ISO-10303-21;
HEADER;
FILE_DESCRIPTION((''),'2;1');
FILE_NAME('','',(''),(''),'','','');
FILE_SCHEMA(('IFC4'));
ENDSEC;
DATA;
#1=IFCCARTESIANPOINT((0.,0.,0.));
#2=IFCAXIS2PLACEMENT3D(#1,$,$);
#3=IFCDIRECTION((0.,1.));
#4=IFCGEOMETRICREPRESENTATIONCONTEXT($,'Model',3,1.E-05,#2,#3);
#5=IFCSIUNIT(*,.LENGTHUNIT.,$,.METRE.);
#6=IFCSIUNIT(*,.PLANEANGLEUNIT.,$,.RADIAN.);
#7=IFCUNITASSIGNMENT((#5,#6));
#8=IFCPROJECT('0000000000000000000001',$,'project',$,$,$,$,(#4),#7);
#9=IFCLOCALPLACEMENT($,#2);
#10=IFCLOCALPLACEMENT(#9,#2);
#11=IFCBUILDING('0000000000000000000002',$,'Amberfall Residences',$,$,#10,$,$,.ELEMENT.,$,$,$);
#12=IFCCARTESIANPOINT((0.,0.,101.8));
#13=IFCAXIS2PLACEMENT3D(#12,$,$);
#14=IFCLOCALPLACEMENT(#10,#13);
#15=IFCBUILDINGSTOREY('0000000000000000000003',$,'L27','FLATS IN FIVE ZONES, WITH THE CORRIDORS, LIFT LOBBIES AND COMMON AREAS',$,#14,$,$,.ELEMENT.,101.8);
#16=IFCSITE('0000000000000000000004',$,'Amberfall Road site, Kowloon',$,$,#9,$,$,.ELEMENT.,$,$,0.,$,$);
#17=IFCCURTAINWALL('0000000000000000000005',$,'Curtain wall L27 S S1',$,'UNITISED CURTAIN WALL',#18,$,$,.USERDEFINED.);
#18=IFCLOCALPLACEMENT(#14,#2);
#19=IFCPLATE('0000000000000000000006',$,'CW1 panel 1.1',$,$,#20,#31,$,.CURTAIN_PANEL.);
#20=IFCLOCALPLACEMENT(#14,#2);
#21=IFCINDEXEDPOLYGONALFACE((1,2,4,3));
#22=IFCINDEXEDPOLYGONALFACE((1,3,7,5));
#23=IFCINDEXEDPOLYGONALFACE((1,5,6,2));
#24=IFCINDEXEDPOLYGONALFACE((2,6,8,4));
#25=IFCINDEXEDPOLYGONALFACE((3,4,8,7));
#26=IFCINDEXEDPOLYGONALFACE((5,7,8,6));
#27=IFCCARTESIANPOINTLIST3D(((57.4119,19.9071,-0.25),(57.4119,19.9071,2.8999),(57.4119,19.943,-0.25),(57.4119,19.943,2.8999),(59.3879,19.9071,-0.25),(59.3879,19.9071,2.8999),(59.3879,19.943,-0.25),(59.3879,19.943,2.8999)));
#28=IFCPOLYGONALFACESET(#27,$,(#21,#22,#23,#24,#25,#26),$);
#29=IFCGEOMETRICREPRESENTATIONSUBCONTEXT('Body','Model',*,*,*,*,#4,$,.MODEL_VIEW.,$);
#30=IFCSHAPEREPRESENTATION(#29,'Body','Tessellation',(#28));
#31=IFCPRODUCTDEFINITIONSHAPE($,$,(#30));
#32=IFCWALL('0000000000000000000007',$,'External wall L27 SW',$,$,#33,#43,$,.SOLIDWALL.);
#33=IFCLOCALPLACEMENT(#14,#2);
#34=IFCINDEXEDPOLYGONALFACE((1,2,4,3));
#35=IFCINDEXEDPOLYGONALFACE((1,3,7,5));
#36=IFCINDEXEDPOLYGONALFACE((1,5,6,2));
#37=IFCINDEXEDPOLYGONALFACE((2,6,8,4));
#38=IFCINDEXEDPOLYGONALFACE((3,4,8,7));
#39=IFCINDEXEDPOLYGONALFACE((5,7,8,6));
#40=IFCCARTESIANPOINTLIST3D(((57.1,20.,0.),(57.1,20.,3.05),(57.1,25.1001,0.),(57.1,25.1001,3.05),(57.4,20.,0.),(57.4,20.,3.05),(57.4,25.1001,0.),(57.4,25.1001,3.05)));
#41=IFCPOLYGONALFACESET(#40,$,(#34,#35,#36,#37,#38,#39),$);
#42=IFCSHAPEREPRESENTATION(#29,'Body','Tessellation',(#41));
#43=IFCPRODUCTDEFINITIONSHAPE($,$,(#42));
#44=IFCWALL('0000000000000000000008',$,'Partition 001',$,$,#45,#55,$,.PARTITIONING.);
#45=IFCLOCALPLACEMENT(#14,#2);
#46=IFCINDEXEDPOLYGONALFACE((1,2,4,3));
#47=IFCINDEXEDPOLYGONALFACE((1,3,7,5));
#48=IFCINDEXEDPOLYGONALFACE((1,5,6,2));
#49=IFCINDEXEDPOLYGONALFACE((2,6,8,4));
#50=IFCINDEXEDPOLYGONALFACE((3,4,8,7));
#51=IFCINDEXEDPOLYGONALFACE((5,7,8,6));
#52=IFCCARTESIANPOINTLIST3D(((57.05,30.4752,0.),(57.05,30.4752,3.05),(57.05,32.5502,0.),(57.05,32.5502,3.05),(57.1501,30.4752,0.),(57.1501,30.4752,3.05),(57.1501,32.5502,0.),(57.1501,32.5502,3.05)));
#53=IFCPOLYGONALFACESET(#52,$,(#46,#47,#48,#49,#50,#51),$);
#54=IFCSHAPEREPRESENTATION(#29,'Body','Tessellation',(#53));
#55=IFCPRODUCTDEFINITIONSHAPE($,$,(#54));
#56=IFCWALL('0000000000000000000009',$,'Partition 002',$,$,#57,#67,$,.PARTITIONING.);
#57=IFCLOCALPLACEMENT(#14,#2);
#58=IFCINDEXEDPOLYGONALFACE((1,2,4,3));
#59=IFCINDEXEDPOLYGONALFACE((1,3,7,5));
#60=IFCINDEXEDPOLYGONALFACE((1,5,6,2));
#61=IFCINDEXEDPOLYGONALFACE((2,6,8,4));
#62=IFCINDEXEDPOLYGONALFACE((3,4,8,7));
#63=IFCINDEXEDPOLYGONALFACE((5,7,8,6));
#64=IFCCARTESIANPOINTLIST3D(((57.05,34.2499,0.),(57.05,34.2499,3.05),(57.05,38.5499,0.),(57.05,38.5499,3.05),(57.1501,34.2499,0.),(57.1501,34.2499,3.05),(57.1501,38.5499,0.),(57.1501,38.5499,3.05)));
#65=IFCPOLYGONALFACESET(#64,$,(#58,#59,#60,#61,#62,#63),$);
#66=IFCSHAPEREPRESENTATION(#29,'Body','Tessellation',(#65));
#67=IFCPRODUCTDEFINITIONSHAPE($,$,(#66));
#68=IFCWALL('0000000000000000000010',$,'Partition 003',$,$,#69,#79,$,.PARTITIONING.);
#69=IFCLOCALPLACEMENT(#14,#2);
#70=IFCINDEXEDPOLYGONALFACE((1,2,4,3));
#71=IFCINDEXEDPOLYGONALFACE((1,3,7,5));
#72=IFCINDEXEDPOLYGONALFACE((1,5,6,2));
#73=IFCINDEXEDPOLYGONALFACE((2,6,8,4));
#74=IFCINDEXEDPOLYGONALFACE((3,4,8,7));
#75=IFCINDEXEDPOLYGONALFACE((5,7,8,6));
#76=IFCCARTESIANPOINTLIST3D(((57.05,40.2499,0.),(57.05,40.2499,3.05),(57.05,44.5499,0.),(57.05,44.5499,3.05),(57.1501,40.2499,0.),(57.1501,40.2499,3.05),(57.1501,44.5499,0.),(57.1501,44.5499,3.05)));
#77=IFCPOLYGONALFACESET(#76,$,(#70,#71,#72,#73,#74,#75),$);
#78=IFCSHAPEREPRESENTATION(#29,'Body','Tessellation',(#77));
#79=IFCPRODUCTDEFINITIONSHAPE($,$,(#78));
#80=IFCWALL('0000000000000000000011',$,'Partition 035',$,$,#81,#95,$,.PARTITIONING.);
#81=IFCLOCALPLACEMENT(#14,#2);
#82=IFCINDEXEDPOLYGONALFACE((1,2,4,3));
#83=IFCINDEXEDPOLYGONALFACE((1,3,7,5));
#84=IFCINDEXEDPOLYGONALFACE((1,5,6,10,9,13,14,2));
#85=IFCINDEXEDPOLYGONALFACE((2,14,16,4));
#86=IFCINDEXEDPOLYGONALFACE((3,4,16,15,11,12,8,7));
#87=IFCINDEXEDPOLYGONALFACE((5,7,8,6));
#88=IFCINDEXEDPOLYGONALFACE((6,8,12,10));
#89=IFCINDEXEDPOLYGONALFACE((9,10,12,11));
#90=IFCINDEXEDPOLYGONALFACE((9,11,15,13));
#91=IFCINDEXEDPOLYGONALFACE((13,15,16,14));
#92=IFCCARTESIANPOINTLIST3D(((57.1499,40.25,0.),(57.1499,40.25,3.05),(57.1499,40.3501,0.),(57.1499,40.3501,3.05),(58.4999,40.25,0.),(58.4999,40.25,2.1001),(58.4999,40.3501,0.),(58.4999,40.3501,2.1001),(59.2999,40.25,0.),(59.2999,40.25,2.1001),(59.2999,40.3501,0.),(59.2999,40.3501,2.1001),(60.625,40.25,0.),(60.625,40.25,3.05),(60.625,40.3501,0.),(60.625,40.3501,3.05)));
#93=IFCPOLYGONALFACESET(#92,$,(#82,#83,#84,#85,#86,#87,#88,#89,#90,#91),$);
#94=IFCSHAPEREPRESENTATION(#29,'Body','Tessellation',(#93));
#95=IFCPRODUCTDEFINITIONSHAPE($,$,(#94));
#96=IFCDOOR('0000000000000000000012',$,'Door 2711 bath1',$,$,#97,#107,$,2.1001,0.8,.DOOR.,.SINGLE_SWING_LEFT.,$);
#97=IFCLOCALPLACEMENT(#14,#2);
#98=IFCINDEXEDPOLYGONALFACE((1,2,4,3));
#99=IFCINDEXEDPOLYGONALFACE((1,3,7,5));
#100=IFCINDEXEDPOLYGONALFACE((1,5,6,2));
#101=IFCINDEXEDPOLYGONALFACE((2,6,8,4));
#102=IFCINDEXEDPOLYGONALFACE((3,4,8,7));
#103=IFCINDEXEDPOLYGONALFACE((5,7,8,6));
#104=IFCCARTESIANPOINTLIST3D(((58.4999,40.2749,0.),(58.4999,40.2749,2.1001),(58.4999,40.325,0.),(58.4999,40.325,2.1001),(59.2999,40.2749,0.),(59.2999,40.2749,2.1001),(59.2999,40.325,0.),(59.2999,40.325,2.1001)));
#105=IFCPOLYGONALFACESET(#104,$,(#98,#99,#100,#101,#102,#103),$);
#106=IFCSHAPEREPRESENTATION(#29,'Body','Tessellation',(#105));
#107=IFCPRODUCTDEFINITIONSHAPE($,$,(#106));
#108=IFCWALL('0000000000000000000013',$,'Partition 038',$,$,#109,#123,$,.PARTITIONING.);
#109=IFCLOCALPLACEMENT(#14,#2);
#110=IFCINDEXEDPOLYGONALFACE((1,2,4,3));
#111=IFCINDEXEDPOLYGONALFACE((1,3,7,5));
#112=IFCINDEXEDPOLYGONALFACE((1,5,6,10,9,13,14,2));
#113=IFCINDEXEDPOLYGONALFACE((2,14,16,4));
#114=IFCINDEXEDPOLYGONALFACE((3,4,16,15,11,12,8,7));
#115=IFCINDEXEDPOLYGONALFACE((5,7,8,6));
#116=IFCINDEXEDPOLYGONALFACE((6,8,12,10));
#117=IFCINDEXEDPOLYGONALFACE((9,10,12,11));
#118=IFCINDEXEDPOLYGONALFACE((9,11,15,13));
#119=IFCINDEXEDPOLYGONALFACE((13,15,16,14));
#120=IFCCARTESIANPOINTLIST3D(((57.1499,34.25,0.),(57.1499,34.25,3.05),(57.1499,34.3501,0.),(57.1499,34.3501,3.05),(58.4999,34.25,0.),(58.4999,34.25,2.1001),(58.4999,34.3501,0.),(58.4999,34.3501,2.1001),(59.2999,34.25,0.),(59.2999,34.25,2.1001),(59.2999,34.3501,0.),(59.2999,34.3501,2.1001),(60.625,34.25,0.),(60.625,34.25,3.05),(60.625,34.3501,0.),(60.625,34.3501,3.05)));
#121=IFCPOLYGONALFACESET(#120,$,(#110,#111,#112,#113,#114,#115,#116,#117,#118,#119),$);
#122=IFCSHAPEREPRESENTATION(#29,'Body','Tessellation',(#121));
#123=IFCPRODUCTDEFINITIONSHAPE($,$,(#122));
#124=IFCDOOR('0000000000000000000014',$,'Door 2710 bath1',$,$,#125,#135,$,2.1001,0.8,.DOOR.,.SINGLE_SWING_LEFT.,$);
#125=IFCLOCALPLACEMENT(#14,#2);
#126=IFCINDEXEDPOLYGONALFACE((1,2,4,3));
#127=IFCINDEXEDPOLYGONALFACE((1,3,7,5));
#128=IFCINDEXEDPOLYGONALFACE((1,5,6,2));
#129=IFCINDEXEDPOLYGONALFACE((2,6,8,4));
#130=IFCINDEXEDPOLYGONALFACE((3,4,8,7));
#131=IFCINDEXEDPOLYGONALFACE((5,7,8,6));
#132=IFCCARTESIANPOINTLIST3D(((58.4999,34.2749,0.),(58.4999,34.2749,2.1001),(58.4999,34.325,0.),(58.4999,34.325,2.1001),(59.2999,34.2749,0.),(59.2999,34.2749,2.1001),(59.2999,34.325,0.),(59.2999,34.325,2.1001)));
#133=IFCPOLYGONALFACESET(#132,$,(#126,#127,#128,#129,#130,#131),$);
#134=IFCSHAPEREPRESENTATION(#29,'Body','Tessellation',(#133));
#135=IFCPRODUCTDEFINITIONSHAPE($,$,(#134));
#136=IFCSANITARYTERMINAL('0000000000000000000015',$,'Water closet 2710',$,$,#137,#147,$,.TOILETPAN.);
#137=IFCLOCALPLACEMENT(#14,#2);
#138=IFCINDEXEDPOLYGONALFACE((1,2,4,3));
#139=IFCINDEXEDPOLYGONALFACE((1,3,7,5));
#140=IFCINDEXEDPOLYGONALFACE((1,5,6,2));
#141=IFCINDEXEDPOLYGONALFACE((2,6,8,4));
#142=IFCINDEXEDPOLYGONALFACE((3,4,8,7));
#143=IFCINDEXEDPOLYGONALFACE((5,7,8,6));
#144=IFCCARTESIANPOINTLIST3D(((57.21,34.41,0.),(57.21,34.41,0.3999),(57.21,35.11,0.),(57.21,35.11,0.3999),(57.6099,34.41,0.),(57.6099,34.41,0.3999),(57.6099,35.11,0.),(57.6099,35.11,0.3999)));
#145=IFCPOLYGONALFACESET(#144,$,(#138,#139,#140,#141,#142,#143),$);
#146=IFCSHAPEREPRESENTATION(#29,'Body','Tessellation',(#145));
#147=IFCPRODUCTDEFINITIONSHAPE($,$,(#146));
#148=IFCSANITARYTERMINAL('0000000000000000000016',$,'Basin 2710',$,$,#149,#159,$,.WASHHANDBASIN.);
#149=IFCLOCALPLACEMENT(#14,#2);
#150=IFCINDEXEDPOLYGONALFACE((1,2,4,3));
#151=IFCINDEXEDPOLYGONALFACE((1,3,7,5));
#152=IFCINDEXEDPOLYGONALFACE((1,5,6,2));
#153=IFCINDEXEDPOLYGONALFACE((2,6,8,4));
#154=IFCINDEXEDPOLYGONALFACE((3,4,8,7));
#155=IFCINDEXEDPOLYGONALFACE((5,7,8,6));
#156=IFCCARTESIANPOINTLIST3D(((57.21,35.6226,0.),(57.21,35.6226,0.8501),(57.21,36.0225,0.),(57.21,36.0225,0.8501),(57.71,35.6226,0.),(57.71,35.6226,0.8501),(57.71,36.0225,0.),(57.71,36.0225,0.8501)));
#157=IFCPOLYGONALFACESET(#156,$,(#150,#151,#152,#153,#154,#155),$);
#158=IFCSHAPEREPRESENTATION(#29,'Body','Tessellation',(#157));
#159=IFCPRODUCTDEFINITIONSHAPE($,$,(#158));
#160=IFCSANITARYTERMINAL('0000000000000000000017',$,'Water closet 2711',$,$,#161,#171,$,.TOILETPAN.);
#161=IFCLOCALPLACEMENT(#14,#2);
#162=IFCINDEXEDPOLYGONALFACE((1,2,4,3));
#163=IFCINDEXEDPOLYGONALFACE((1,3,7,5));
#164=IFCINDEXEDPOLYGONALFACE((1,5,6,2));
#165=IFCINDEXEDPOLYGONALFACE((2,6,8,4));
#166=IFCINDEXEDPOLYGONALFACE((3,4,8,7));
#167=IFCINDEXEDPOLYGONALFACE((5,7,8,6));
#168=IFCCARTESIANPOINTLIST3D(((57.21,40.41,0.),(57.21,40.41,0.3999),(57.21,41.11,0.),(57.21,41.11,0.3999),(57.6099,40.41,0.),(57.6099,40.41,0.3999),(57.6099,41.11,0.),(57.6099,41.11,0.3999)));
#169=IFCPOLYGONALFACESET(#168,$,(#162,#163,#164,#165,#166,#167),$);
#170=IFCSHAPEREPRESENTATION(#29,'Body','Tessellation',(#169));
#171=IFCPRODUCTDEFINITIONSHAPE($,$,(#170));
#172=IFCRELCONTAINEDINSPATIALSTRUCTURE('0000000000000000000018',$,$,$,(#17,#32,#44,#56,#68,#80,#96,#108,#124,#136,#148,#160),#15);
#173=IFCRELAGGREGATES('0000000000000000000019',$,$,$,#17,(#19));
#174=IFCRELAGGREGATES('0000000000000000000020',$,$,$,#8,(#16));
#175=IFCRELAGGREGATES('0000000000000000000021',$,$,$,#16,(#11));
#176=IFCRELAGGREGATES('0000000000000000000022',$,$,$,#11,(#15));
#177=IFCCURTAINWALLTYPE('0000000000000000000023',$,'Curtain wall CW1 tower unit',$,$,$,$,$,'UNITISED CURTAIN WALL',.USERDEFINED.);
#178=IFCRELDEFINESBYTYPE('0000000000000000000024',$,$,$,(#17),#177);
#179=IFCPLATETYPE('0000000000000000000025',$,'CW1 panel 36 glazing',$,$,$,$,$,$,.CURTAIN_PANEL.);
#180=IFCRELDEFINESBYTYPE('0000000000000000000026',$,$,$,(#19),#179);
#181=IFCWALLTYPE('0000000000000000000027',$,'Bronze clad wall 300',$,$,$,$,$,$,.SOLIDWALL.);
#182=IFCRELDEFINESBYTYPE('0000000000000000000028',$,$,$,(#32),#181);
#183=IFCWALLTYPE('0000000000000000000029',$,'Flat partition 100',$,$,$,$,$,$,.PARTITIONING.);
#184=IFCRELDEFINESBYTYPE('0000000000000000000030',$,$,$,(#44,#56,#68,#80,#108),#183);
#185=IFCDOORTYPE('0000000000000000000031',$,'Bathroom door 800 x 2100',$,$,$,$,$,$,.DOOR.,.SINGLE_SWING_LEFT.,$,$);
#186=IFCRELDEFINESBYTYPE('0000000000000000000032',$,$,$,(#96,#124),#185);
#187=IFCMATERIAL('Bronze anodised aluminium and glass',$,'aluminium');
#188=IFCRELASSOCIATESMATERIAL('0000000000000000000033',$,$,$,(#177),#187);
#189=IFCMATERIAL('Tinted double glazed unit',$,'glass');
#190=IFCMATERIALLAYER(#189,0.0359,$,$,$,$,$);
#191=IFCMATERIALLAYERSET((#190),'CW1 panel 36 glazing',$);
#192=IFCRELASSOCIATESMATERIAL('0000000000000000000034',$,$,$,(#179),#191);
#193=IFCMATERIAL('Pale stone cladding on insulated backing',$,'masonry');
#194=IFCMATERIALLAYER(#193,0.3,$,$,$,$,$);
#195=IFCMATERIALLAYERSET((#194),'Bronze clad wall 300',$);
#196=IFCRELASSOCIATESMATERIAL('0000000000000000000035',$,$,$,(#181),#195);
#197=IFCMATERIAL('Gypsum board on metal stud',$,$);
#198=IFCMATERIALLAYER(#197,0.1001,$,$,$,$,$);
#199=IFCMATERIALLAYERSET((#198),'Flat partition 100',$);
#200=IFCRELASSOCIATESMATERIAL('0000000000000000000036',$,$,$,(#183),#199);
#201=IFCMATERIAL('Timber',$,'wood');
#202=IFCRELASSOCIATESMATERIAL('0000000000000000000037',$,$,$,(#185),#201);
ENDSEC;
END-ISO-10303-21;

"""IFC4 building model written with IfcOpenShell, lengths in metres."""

from ifc_helpers import new_model, si_unit, direction, frame, frame_2d, origin, origin_2d, place, context, subcontext, project, spatial, rectangle, extrude, material, layer, layer_set, type_object, element, fill, aggregate, save


model = new_model("IFC4")

# Units and contexts
model_context = context("Model", 3, precision=1e-05, world=origin(), true_north=direction((0.0, 1.0)))
body_context = subcontext(model_context, "Body", "Model", "MODEL_VIEW")
ifc_project = project(units=[si_unit("LENGTHUNIT", "METRE"), si_unit("PLANEANGLEUNIT", "RADIAN")], contexts=[model_context])

# Site, building, storey
site_placement = place(None, origin())
site = spatial("IfcSite", under=ifc_project, at=site_placement, Name="Amberfall Road site, Kowloon", CompositionType="ELEMENT", RefElevation=0.0)
building_placement = place(site_placement, origin())
building = spatial("IfcBuilding", under=site, at=building_placement, Name="Amberfall Residences", CompositionType="ELEMENT")
storey_placement = place(building_placement, frame((0.0, 0.0, 101.8)))
storey = spatial("IfcBuildingStorey", under=building, at=storey_placement, Name="L27", Description="FLATS IN FIVE ZONES, WITH THE CORRIDORS, LIFT LOBBIES AND COMMON AREAS", CompositionType="ELEMENT", Elevation=101.8)

# Curtain wall
ifc_material_1 = material(Name="Bronze anodised aluminium and glass", Category="aluminium")
curtain_wall_type = type_object("IfcCurtainWallType", Name="Curtain wall CW1 tower unit", ElementType="UNITISED CURTAIN WALL", PredefinedType="USERDEFINED", material=ifc_material_1)
curtain_wall_placement = place(storey_placement, origin())
curtain_wall = element("IfcCurtainWall", 1, at=curtain_wall_placement, inside=storey, type_object=curtain_wall_type, Name="Curtain wall L27 S S1", ObjectType="UNITISED CURTAIN WALL", PredefinedType="USERDEFINED")

# Plate
ifc_material_2 = material(Name="Tinted double glazed unit", Category="glass")
ifc_layer_1 = layer(ifc_material_2, 0.0359)
ifc_layer_set_1 = layer_set([ifc_layer_1], Name="CW1 panel 36 glazing")
plate_type = type_object("IfcPlateType", Name="CW1 panel 36 glazing", PredefinedType="CURTAIN_PANEL", material=ifc_layer_set_1)
plate_placement = place(storey_placement, frame((58.3999, 19.925, -0.25), z_axis=(0.0, 0.0, 1.0), x_axis=(1.0, 0.0, 0.0)))
plate = element("IfcPlate", 2, at=plate_placement, type_object=plate_type, Name="CW1 panel 1.1", PredefinedType="CURTAIN_PANEL", context=body_context, shape_type="SweptSolid", body=[
    extrude(rectangle(XDim=1.9761, YDim=0.0359, at=origin_2d()), origin(), (0.0, 0.0, 1.0), 3.1499),
])
aggregate(curtain_wall, [plate])

# Walls
ifc_material_3 = material(Name="Pale stone cladding on insulated backing", Category="masonry")
ifc_layer_2 = layer(ifc_material_3, 0.3)
ifc_layer_set_2 = layer_set([ifc_layer_2], Name="Bronze clad wall 300")
wall_type_1 = type_object("IfcWallType", Name="Bronze clad wall 300", PredefinedType="SOLIDWALL", material=ifc_layer_set_2)
wall_1_placement = place(storey_placement, frame((57.25, 25.1001, 0.0), z_axis=(0.0, 0.0, 1.0), x_axis=(0.0, -1.0, 0.0)))
element("IfcWall", 3, at=wall_1_placement, inside=storey, type_object=wall_type_1, Name="External wall L27 SW", PredefinedType="SOLIDWALL", context=body_context, shape_type="SweptSolid", body=[
    extrude(rectangle(XDim=5.1001, YDim=0.3, at=frame_2d((2.55, 0.0))), origin(), (0.0, 0.0, 1.0), 3.05),
])
ifc_material_4 = material(Name="Gypsum board on metal stud")
ifc_layer_3 = layer(ifc_material_4, 0.1001)
ifc_layer_set_3 = layer_set([ifc_layer_3], Name="Flat partition 100")
wall_type_2 = type_object("IfcWallType", Name="Flat partition 100", PredefinedType="PARTITIONING", material=ifc_layer_set_3)
wall_2_placement = place(storey_placement, frame((57.1001, 30.4751, 0.0), z_axis=(0.0, 0.0, 1.0), x_axis=(0.0, 1.0, 0.0)))
element("IfcWall", 4, at=wall_2_placement, inside=storey, type_object=wall_type_2, Name="Partition 001", PredefinedType="PARTITIONING", context=body_context, shape_type="SweptSolid", body=[
    extrude(rectangle(XDim=2.075, YDim=0.1001, at=frame_2d((1.0376, 0.0))), origin(), (0.0, 0.0, 1.0), 3.05),
])
for number, where, z_axis, x_axis, name in (
    (5, (57.1001, 34.25, 0.0), (0.0, 0.0, 1.0), (0.0, 1.0, 0.0), "Partition 002"),
    (6, (57.1001, 40.25, 0.0), (0.0, 0.0, 1.0), (0.0, 1.0, 0.0), "Partition 003"),
):
    element("IfcWall", number, at=place(storey_placement, frame(where, z_axis=z_axis, x_axis=x_axis)), inside=storey, type_object=wall_type_2, Name=name, PredefinedType="PARTITIONING", context=body_context, shape_type="SweptSolid", body=[
        extrude(rectangle(XDim=4.3, YDim=0.1001, at=frame_2d((2.1499, 0.0))), origin(), (0.0, 0.0, 1.0), 3.05),
    ])

# Walls, openings, doors
wall_3_placement = place(storey_placement, frame((57.1499, 40.3, 0.0), z_axis=(0.0, 0.0, 1.0), x_axis=(1.0, 0.0, 0.0)))
wall_3 = element("IfcWall", 7, at=wall_3_placement, inside=storey, type_object=wall_type_2, Name="Partition 035", PredefinedType="PARTITIONING", context=body_context, shape_type="SweptSolid", body=[
    extrude(rectangle(XDim=3.4751, YDim=0.1001, at=frame_2d((1.7375, 0.0))), origin(), (0.0, 0.0, 1.0), 3.05),
])
opening_1_placement = place(wall_3_placement, frame((1.3501, 0.0, 0.0)))
opening_1 = element("IfcOpeningElement", 8, at=opening_1_placement, cuts=wall_3, PredefinedType="OPENING", context=body_context, shape_type="SweptSolid", body=[
    extrude(rectangle(XDim=0.8, YDim=2.1001, at=frame_2d((0.3999, 1.05))), frame((0.0, 0.0601, 0.0), z_axis=(0.0, -1.0, 0.0), x_axis=(1.0, 0.0, 0.0)), (0.0, 0.0, 1.0), 0.1201),
])
ifc_material_5 = material(Name="Timber", Category="wood")
door_type = type_object("IfcDoorType", Name="Bathroom door 800 x 2100", OperationType="SINGLE_SWING_LEFT", PredefinedType="DOOR", material=ifc_material_5)
door_1_placement = place(opening_1_placement, origin())
door_1 = element("IfcDoor", 9, at=door_1_placement, inside=storey, type_object=door_type, Name="Door 2711 bath1", OperationType="SINGLE_SWING_LEFT", OverallHeight=2.1001, OverallWidth=0.8, PredefinedType="DOOR", context=body_context, shape_type="SweptSolid", body=[
    extrude(rectangle(XDim=0.8, YDim=2.1001, at=frame_2d((0.3999, 1.05))), frame((0.0, 0.0249, 0.0), z_axis=(0.0, -1.0, 0.0), x_axis=(1.0, 0.0, 0.0)), (0.0, 0.0, 1.0), 0.05),
])
fill(opening_1, door_1)
wall_4_placement = place(storey_placement, frame((57.1499, 34.3, 0.0), z_axis=(0.0, 0.0, 1.0), x_axis=(1.0, 0.0, 0.0)))
wall_4 = element("IfcWall", 10, at=wall_4_placement, inside=storey, type_object=wall_type_2, Name="Partition 038", PredefinedType="PARTITIONING", context=body_context, shape_type="SweptSolid", body=[
    extrude(rectangle(XDim=3.4751, YDim=0.1001, at=frame_2d((1.7375, 0.0))), origin(), (0.0, 0.0, 1.0), 3.05),
])
opening_2_placement = place(wall_4_placement, frame((1.3501, 0.0, 0.0)))
opening_2 = element("IfcOpeningElement", 11, at=opening_2_placement, cuts=wall_4, PredefinedType="OPENING", context=body_context, shape_type="SweptSolid", body=[
    extrude(rectangle(XDim=0.8, YDim=2.1001, at=frame_2d((0.3999, 1.05))), frame((0.0, 0.0601, 0.0), z_axis=(0.0, -1.0, 0.0), x_axis=(1.0, 0.0, 0.0)), (0.0, 0.0, 1.0), 0.1201),
])
door_2_placement = place(opening_2_placement, origin())
door_2 = element("IfcDoor", 12, at=door_2_placement, inside=storey, type_object=door_type, Name="Door 2710 bath1", OperationType="SINGLE_SWING_LEFT", OverallHeight=2.1001, OverallWidth=0.8, PredefinedType="DOOR", context=body_context, shape_type="SweptSolid", body=[
    extrude(rectangle(XDim=0.8, YDim=2.1001, at=frame_2d((0.3999, 1.05))), frame((0.0, 0.0249, 0.0), z_axis=(0.0, -1.0, 0.0), x_axis=(1.0, 0.0, 0.0)), (0.0, 0.0, 1.0), 0.05),
])
fill(opening_2, door_2)

# Sanitary terminals
sanitary_terminal_1_placement = place(storey_placement, frame((57.4099, 34.76, 0.0), z_axis=(0.0, 0.0, 1.0), x_axis=(1.0, 0.0, 0.0)))
element("IfcSanitaryTerminal", 13, at=sanitary_terminal_1_placement, inside=storey, Name="Water closet 2710", PredefinedType="TOILETPAN", context=body_context, shape_type="SweptSolid", body=[
    extrude(rectangle(XDim=0.3999, YDim=0.7, at=origin_2d()), origin(), (0.0, 0.0, 1.0), 0.3999),
])
sanitary_terminal_2_placement = place(storey_placement, frame((57.46, 35.8225, 0.0), z_axis=(0.0, 0.0, 1.0), x_axis=(1.0, 0.0, 0.0)))
element("IfcSanitaryTerminal", 14, at=sanitary_terminal_2_placement, inside=storey, Name="Basin 2710", PredefinedType="WASHHANDBASIN", context=body_context, shape_type="SweptSolid", body=[
    extrude(rectangle(XDim=0.5, YDim=0.3999, at=origin_2d()), origin(), (0.0, 0.0, 1.0), 0.8501),
])
sanitary_terminal_3_placement = place(storey_placement, frame((57.4099, 40.76, 0.0), z_axis=(0.0, 0.0, 1.0), x_axis=(1.0, 0.0, 0.0)))
element("IfcSanitaryTerminal", 15, at=sanitary_terminal_3_placement, inside=storey, Name="Water closet 2711", PredefinedType="TOILETPAN", context=body_context, shape_type="SweptSolid", body=[
    extrude(rectangle(XDim=0.3999, YDim=0.7, at=origin_2d()), origin(), (0.0, 0.0, 1.0), 0.3999),
])

save(model, "model.ifc")
